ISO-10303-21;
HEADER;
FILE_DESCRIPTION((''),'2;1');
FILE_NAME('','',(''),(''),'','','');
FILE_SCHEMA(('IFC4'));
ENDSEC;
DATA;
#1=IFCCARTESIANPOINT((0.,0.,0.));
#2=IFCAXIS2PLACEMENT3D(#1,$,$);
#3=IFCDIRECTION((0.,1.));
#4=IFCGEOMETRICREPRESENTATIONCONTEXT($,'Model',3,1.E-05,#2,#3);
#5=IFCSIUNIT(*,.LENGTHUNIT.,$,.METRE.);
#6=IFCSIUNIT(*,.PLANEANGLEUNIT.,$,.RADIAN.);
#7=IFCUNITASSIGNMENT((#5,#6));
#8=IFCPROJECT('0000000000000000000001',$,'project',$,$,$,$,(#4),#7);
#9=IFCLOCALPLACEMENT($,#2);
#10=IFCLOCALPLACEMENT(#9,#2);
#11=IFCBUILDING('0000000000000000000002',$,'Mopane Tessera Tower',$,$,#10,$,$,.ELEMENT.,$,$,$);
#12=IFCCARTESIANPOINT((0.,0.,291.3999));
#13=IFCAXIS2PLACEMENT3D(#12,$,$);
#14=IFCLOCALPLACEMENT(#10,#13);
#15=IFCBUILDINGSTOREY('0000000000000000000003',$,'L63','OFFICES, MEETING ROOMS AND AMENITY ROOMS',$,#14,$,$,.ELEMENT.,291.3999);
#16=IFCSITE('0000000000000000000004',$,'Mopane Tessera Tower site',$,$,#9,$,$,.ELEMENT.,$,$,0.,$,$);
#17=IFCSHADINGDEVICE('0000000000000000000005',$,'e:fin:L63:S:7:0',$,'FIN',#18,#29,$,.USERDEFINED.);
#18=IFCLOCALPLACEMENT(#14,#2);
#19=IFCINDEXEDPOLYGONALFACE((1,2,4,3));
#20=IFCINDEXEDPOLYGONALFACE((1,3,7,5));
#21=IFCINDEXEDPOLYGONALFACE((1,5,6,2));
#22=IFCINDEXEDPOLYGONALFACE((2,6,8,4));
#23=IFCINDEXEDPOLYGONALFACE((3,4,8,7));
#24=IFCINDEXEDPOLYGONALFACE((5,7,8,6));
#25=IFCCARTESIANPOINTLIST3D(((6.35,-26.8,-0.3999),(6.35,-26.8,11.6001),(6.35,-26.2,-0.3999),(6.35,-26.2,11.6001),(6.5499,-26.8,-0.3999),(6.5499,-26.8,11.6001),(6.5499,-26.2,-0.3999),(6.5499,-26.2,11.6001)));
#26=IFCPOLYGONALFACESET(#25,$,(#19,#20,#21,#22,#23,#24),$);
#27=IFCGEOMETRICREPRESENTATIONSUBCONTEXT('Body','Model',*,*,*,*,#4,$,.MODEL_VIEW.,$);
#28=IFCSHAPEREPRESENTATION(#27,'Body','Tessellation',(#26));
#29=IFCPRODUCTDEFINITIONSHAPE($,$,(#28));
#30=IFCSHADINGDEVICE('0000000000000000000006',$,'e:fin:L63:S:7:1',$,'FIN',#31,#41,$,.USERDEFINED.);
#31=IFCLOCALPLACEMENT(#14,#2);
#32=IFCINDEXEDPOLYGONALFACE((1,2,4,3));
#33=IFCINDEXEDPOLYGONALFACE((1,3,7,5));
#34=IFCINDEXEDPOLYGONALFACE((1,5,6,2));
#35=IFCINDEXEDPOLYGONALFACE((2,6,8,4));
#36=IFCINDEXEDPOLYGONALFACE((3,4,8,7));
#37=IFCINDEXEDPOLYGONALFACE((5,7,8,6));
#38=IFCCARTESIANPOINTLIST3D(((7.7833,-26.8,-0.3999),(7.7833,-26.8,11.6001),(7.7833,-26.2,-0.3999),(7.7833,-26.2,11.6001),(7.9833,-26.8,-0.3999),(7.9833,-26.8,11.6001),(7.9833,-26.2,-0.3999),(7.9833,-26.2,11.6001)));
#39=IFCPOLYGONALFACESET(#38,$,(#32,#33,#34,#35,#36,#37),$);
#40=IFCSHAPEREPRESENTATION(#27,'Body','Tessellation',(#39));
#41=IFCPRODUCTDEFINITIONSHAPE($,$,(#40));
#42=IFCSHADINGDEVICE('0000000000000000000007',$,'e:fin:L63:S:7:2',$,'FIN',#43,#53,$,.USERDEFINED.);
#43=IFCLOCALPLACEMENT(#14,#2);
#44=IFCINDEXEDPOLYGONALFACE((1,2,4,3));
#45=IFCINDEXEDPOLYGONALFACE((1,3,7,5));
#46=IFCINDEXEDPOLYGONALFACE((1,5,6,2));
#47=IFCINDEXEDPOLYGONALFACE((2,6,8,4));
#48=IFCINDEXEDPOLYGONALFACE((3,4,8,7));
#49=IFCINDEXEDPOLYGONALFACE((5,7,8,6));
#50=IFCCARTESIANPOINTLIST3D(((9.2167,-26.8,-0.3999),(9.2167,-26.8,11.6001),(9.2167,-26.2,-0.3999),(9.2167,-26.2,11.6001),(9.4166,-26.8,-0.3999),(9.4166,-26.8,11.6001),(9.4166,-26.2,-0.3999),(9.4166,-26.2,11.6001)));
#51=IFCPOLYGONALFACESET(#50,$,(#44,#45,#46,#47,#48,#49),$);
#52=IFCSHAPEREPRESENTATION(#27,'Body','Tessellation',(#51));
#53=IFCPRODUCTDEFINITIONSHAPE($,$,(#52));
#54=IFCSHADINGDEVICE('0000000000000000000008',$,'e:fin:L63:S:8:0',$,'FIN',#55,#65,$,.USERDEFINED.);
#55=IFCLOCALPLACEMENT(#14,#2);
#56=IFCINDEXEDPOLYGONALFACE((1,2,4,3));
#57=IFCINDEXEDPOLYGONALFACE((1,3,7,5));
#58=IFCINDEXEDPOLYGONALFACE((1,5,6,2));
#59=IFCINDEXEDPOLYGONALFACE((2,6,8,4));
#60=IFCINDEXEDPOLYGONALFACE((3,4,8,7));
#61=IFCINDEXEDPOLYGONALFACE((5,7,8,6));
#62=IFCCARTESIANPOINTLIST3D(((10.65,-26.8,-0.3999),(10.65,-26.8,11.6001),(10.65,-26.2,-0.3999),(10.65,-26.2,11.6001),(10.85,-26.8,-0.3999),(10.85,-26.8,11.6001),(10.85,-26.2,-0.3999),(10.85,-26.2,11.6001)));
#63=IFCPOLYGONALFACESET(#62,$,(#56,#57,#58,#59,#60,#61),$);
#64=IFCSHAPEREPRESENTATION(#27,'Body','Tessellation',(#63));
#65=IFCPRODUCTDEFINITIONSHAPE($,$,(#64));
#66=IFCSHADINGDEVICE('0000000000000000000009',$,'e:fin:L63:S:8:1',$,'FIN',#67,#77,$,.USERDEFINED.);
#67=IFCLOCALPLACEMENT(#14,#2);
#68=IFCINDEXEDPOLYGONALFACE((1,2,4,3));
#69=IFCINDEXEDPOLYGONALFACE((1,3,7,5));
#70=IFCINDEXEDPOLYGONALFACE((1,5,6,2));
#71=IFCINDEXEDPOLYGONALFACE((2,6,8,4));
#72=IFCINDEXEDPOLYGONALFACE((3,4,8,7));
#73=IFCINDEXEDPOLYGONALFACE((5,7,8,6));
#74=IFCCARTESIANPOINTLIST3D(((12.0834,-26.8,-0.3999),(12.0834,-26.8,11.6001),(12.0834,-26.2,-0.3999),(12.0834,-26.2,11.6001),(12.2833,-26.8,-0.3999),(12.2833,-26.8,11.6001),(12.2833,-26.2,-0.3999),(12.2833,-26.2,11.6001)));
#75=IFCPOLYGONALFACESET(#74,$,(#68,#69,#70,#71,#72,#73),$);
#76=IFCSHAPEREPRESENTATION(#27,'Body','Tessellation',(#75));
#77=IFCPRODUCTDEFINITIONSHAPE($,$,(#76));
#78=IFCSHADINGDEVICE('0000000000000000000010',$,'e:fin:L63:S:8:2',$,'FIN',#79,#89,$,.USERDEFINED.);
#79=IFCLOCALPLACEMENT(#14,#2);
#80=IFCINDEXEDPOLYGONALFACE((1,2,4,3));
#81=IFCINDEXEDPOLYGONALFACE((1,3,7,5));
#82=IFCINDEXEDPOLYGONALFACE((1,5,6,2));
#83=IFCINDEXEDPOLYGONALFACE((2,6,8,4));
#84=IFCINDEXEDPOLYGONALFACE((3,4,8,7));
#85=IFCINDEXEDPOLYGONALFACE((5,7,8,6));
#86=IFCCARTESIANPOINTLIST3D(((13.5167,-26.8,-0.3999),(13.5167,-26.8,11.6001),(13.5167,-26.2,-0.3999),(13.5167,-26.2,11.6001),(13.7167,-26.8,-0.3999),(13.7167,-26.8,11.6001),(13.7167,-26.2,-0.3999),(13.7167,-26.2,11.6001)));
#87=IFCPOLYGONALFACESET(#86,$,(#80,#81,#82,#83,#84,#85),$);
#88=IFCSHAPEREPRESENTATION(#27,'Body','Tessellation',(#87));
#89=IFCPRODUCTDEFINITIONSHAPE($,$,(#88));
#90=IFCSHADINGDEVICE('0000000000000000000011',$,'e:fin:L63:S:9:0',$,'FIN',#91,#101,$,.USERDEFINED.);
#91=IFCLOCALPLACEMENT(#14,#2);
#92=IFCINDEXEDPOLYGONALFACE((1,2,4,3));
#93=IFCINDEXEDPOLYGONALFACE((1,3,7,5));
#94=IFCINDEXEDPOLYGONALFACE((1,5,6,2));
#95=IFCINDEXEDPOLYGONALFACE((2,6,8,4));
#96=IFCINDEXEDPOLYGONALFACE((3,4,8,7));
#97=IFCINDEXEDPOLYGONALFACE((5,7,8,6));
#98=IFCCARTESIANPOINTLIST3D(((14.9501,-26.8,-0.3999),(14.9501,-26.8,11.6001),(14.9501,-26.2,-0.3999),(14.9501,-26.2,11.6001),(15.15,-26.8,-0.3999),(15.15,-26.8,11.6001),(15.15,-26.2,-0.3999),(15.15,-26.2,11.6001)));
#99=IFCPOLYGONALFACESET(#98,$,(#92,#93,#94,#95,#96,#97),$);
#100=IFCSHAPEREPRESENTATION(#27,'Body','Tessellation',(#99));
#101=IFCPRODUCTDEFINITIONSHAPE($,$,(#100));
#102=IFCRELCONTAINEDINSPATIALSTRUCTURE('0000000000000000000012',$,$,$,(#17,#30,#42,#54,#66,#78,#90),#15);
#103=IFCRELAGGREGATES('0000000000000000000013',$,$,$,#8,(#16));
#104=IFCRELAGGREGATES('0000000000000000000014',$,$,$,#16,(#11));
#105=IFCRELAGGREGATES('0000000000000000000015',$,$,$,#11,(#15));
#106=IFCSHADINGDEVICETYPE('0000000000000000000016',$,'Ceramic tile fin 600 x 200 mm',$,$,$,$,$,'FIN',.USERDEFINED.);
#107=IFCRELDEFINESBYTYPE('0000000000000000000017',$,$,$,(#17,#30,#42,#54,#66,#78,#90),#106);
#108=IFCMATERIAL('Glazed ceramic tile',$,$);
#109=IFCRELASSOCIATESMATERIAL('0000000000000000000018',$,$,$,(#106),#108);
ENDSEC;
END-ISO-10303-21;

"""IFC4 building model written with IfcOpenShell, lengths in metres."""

from ifc_helpers import new_model, si_unit, direction, frame, origin, origin_2d, place, context, subcontext, project, spatial, rectangle, extrude, material, type_object, element, save


model = new_model("IFC4")

# Units and contexts
model_context = context("Model", 3, precision=1e-05, world=origin(), true_north=direction((0.0, 1.0)))
body_context = subcontext(model_context, "Body", "Model", "MODEL_VIEW")
ifc_project = project(units=[si_unit("LENGTHUNIT", "METRE"), si_unit("PLANEANGLEUNIT", "RADIAN")], contexts=[model_context])

# Site, building, storey
site_placement = place(None, origin())
site = spatial("IfcSite", under=ifc_project, at=site_placement, Name="Mopane Tessera Tower site", CompositionType="ELEMENT", RefElevation=0.0)
building_placement = place(site_placement, origin())
building = spatial("IfcBuilding", under=site, at=building_placement, Name="Mopane Tessera Tower", CompositionType="ELEMENT")
storey_placement = place(building_placement, frame((0.0, 0.0, 291.3999)))
storey = spatial("IfcBuildingStorey", under=building, at=storey_placement, Name="L63", Description="OFFICES, MEETING ROOMS AND AMENITY ROOMS", CompositionType="ELEMENT", Elevation=291.3999)

# Shading devices
ifc_material_1 = material(Name="Glazed ceramic tile")
shading_device_type = type_object("IfcShadingDeviceType", Name="Ceramic tile fin 600 x 200 mm", ElementType="FIN", PredefinedType="USERDEFINED", material=ifc_material_1)
for number, where, z_axis, x_axis, name in (
    (1, (6.45, -26.5, -0.3999), (0.0, 0.0, 1.0), (1.0, 0.0, 0.0), "e:fin:L63:S:7:0"),
    (2, (7.8833, -26.5, -0.3999), (0.0, 0.0, 1.0), (1.0, 0.0, 0.0), "e:fin:L63:S:7:1"),
    (3, (9.3167, -26.5, -0.3999), (0.0, 0.0, 1.0), (1.0, 0.0, 0.0), "e:fin:L63:S:7:2"),
    (4, (10.75, -26.5, -0.3999), (0.0, 0.0, 1.0), (1.0, 0.0, 0.0), "e:fin:L63:S:8:0"),
    (5, (12.1833, -26.5, -0.3999), (0.0, 0.0, 1.0), (1.0, 0.0, 0.0), "e:fin:L63:S:8:1"),
    (6, (13.6167, -26.5, -0.3999), (0.0, 0.0, 1.0), (1.0, 0.0, 0.0), "e:fin:L63:S:8:2"),
    (7, (15.05, -26.5, -0.3999), (0.0, 0.0, 1.0), (1.0, 0.0, 0.0), "e:fin:L63:S:9:0"),
):
    element("IfcShadingDevice", number, at=place(storey_placement, frame(where, z_axis=z_axis, x_axis=x_axis)), inside=storey, type_object=shading_device_type, Name=name, ObjectType="FIN", PredefinedType="USERDEFINED", context=body_context, shape_type="SweptSolid", body=[
        extrude(rectangle(XDim=0.2, YDim=0.6001, at=origin_2d()), origin(), (0.0, 0.0, 1.0), 12.0),
    ])

save(model, "model.ifc")
